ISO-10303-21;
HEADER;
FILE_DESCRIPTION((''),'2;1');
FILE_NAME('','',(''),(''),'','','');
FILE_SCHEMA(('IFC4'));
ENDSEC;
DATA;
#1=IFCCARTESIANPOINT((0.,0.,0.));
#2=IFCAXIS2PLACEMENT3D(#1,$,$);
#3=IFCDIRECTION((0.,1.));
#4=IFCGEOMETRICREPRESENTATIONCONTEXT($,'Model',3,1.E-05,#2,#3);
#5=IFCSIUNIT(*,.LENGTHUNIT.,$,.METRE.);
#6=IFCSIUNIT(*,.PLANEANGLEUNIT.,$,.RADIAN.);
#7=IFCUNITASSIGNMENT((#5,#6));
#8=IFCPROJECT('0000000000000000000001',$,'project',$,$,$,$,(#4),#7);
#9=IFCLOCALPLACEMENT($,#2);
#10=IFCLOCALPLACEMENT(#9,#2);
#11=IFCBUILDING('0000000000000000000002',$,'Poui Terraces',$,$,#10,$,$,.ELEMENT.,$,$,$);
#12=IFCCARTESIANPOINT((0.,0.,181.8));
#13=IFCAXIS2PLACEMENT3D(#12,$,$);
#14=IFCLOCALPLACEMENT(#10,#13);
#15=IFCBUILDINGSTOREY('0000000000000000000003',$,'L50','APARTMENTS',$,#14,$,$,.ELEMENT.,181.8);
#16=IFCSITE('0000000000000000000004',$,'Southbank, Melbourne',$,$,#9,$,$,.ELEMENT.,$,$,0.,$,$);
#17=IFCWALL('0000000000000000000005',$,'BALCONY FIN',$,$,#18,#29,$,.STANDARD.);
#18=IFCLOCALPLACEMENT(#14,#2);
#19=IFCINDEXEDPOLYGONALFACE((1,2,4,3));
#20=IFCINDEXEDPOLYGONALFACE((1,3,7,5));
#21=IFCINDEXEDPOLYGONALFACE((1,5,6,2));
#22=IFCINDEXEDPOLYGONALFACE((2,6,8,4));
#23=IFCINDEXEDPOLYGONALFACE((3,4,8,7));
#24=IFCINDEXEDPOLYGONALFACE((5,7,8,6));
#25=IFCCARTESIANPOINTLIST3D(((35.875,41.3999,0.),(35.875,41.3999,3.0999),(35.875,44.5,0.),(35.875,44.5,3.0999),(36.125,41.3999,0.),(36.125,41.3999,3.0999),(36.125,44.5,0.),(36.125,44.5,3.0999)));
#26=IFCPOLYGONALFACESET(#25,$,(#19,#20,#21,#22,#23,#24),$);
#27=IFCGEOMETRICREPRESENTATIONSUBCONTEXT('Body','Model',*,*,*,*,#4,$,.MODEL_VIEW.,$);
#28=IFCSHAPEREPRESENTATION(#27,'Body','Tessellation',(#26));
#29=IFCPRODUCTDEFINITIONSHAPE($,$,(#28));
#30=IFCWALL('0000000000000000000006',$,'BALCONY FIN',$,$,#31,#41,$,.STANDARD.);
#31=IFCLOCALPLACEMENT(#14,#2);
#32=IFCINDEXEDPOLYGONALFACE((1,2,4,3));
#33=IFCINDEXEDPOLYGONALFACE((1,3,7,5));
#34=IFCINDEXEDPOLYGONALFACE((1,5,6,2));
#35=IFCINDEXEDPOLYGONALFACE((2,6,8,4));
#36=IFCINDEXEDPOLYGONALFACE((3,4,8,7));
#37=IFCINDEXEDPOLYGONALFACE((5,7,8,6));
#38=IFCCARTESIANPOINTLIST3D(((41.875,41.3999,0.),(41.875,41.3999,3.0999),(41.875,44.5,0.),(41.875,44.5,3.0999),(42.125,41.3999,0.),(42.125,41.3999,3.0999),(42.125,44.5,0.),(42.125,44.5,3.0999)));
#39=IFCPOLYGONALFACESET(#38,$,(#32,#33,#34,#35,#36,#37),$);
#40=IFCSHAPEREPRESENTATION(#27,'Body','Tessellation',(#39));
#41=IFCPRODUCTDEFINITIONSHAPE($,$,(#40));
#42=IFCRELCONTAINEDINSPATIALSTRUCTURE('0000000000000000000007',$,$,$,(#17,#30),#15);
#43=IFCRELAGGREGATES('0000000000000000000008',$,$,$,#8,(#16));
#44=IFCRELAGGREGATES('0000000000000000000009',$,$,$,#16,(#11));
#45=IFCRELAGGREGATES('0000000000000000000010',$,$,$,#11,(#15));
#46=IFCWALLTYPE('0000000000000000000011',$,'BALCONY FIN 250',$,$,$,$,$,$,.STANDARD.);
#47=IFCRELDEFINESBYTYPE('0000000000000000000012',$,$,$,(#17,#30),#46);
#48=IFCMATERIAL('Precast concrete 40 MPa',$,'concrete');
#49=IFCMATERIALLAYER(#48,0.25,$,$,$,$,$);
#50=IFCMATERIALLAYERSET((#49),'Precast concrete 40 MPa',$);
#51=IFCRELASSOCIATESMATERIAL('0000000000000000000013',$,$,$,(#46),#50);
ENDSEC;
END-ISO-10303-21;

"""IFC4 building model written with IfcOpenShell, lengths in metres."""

from ifc_helpers import new_model, si_unit, direction, frame, origin, place, context, subcontext, project, spatial, polyline, outline, extrude, source, transform, mapped, material, layer, layer_set, type_object, element, save


model = new_model("IFC4")

# Units and contexts
model_context = context("Model", 3, precision=1e-05, world=origin(), true_north=direction((0.0, 1.0)))
body_context = subcontext(model_context, "Body", "Model", "MODEL_VIEW")
ifc_project = project(units=[si_unit("LENGTHUNIT", "METRE"), si_unit("PLANEANGLEUNIT", "RADIAN")], contexts=[model_context])

# Site, building, storey
site_placement = place(None, origin())
site = spatial("IfcSite", under=ifc_project, at=site_placement, Name="Southbank, Melbourne", CompositionType="ELEMENT", RefElevation=0.0)
building_placement = place(site_placement, origin())
building = spatial("IfcBuilding", under=site, at=building_placement, Name="Poui Terraces", CompositionType="ELEMENT")
storey_placement = place(building_placement, frame((0.0, 0.0, 181.8)))
storey = spatial("IfcBuildingStorey", under=building, at=storey_placement, Name="L50", Description="APARTMENTS", CompositionType="ELEMENT", Elevation=181.8)

# Walls
ifc_material_1 = material(Name="Precast concrete 40 MPa", Category="concrete")
ifc_layer_1 = layer(ifc_material_1, 0.25)
ifc_layer_set_1 = layer_set([ifc_layer_1], Name="Precast concrete 40 MPa")
wall_type_1 = type_object("IfcWallType", Name="BALCONY FIN 250", PredefinedType="STANDARD", material=ifc_layer_set_1)
shared_shape_1 = source(origin(), body_context, "Body", "SweptSolid", [
    extrude(outline(polyline([(0.0, 0.0), (0.25, 0.0), (0.25, 3.1001), (0.0, 3.1001), (0.0, 0.0)])), origin(), (0.0, 0.0, 1.0), 3.0999),
])
for number, where, name in (
    (1, (35.875, 41.3999, 0.0), "BALCONY FIN"),
    (2, (41.875, 41.3999, 0.0), "BALCONY FIN"),
):
    element("IfcWall", number, at=place(storey_placement, frame(where)), inside=storey, type_object=wall_type_1, Name=name, PredefinedType="STANDARD", context=body_context, shape_type="MappedRepresentation", body=[
        mapped(shared_shape_1, transform((0.0, 0.0, 0.0))),
    ])

save(model, "model.ifc")
